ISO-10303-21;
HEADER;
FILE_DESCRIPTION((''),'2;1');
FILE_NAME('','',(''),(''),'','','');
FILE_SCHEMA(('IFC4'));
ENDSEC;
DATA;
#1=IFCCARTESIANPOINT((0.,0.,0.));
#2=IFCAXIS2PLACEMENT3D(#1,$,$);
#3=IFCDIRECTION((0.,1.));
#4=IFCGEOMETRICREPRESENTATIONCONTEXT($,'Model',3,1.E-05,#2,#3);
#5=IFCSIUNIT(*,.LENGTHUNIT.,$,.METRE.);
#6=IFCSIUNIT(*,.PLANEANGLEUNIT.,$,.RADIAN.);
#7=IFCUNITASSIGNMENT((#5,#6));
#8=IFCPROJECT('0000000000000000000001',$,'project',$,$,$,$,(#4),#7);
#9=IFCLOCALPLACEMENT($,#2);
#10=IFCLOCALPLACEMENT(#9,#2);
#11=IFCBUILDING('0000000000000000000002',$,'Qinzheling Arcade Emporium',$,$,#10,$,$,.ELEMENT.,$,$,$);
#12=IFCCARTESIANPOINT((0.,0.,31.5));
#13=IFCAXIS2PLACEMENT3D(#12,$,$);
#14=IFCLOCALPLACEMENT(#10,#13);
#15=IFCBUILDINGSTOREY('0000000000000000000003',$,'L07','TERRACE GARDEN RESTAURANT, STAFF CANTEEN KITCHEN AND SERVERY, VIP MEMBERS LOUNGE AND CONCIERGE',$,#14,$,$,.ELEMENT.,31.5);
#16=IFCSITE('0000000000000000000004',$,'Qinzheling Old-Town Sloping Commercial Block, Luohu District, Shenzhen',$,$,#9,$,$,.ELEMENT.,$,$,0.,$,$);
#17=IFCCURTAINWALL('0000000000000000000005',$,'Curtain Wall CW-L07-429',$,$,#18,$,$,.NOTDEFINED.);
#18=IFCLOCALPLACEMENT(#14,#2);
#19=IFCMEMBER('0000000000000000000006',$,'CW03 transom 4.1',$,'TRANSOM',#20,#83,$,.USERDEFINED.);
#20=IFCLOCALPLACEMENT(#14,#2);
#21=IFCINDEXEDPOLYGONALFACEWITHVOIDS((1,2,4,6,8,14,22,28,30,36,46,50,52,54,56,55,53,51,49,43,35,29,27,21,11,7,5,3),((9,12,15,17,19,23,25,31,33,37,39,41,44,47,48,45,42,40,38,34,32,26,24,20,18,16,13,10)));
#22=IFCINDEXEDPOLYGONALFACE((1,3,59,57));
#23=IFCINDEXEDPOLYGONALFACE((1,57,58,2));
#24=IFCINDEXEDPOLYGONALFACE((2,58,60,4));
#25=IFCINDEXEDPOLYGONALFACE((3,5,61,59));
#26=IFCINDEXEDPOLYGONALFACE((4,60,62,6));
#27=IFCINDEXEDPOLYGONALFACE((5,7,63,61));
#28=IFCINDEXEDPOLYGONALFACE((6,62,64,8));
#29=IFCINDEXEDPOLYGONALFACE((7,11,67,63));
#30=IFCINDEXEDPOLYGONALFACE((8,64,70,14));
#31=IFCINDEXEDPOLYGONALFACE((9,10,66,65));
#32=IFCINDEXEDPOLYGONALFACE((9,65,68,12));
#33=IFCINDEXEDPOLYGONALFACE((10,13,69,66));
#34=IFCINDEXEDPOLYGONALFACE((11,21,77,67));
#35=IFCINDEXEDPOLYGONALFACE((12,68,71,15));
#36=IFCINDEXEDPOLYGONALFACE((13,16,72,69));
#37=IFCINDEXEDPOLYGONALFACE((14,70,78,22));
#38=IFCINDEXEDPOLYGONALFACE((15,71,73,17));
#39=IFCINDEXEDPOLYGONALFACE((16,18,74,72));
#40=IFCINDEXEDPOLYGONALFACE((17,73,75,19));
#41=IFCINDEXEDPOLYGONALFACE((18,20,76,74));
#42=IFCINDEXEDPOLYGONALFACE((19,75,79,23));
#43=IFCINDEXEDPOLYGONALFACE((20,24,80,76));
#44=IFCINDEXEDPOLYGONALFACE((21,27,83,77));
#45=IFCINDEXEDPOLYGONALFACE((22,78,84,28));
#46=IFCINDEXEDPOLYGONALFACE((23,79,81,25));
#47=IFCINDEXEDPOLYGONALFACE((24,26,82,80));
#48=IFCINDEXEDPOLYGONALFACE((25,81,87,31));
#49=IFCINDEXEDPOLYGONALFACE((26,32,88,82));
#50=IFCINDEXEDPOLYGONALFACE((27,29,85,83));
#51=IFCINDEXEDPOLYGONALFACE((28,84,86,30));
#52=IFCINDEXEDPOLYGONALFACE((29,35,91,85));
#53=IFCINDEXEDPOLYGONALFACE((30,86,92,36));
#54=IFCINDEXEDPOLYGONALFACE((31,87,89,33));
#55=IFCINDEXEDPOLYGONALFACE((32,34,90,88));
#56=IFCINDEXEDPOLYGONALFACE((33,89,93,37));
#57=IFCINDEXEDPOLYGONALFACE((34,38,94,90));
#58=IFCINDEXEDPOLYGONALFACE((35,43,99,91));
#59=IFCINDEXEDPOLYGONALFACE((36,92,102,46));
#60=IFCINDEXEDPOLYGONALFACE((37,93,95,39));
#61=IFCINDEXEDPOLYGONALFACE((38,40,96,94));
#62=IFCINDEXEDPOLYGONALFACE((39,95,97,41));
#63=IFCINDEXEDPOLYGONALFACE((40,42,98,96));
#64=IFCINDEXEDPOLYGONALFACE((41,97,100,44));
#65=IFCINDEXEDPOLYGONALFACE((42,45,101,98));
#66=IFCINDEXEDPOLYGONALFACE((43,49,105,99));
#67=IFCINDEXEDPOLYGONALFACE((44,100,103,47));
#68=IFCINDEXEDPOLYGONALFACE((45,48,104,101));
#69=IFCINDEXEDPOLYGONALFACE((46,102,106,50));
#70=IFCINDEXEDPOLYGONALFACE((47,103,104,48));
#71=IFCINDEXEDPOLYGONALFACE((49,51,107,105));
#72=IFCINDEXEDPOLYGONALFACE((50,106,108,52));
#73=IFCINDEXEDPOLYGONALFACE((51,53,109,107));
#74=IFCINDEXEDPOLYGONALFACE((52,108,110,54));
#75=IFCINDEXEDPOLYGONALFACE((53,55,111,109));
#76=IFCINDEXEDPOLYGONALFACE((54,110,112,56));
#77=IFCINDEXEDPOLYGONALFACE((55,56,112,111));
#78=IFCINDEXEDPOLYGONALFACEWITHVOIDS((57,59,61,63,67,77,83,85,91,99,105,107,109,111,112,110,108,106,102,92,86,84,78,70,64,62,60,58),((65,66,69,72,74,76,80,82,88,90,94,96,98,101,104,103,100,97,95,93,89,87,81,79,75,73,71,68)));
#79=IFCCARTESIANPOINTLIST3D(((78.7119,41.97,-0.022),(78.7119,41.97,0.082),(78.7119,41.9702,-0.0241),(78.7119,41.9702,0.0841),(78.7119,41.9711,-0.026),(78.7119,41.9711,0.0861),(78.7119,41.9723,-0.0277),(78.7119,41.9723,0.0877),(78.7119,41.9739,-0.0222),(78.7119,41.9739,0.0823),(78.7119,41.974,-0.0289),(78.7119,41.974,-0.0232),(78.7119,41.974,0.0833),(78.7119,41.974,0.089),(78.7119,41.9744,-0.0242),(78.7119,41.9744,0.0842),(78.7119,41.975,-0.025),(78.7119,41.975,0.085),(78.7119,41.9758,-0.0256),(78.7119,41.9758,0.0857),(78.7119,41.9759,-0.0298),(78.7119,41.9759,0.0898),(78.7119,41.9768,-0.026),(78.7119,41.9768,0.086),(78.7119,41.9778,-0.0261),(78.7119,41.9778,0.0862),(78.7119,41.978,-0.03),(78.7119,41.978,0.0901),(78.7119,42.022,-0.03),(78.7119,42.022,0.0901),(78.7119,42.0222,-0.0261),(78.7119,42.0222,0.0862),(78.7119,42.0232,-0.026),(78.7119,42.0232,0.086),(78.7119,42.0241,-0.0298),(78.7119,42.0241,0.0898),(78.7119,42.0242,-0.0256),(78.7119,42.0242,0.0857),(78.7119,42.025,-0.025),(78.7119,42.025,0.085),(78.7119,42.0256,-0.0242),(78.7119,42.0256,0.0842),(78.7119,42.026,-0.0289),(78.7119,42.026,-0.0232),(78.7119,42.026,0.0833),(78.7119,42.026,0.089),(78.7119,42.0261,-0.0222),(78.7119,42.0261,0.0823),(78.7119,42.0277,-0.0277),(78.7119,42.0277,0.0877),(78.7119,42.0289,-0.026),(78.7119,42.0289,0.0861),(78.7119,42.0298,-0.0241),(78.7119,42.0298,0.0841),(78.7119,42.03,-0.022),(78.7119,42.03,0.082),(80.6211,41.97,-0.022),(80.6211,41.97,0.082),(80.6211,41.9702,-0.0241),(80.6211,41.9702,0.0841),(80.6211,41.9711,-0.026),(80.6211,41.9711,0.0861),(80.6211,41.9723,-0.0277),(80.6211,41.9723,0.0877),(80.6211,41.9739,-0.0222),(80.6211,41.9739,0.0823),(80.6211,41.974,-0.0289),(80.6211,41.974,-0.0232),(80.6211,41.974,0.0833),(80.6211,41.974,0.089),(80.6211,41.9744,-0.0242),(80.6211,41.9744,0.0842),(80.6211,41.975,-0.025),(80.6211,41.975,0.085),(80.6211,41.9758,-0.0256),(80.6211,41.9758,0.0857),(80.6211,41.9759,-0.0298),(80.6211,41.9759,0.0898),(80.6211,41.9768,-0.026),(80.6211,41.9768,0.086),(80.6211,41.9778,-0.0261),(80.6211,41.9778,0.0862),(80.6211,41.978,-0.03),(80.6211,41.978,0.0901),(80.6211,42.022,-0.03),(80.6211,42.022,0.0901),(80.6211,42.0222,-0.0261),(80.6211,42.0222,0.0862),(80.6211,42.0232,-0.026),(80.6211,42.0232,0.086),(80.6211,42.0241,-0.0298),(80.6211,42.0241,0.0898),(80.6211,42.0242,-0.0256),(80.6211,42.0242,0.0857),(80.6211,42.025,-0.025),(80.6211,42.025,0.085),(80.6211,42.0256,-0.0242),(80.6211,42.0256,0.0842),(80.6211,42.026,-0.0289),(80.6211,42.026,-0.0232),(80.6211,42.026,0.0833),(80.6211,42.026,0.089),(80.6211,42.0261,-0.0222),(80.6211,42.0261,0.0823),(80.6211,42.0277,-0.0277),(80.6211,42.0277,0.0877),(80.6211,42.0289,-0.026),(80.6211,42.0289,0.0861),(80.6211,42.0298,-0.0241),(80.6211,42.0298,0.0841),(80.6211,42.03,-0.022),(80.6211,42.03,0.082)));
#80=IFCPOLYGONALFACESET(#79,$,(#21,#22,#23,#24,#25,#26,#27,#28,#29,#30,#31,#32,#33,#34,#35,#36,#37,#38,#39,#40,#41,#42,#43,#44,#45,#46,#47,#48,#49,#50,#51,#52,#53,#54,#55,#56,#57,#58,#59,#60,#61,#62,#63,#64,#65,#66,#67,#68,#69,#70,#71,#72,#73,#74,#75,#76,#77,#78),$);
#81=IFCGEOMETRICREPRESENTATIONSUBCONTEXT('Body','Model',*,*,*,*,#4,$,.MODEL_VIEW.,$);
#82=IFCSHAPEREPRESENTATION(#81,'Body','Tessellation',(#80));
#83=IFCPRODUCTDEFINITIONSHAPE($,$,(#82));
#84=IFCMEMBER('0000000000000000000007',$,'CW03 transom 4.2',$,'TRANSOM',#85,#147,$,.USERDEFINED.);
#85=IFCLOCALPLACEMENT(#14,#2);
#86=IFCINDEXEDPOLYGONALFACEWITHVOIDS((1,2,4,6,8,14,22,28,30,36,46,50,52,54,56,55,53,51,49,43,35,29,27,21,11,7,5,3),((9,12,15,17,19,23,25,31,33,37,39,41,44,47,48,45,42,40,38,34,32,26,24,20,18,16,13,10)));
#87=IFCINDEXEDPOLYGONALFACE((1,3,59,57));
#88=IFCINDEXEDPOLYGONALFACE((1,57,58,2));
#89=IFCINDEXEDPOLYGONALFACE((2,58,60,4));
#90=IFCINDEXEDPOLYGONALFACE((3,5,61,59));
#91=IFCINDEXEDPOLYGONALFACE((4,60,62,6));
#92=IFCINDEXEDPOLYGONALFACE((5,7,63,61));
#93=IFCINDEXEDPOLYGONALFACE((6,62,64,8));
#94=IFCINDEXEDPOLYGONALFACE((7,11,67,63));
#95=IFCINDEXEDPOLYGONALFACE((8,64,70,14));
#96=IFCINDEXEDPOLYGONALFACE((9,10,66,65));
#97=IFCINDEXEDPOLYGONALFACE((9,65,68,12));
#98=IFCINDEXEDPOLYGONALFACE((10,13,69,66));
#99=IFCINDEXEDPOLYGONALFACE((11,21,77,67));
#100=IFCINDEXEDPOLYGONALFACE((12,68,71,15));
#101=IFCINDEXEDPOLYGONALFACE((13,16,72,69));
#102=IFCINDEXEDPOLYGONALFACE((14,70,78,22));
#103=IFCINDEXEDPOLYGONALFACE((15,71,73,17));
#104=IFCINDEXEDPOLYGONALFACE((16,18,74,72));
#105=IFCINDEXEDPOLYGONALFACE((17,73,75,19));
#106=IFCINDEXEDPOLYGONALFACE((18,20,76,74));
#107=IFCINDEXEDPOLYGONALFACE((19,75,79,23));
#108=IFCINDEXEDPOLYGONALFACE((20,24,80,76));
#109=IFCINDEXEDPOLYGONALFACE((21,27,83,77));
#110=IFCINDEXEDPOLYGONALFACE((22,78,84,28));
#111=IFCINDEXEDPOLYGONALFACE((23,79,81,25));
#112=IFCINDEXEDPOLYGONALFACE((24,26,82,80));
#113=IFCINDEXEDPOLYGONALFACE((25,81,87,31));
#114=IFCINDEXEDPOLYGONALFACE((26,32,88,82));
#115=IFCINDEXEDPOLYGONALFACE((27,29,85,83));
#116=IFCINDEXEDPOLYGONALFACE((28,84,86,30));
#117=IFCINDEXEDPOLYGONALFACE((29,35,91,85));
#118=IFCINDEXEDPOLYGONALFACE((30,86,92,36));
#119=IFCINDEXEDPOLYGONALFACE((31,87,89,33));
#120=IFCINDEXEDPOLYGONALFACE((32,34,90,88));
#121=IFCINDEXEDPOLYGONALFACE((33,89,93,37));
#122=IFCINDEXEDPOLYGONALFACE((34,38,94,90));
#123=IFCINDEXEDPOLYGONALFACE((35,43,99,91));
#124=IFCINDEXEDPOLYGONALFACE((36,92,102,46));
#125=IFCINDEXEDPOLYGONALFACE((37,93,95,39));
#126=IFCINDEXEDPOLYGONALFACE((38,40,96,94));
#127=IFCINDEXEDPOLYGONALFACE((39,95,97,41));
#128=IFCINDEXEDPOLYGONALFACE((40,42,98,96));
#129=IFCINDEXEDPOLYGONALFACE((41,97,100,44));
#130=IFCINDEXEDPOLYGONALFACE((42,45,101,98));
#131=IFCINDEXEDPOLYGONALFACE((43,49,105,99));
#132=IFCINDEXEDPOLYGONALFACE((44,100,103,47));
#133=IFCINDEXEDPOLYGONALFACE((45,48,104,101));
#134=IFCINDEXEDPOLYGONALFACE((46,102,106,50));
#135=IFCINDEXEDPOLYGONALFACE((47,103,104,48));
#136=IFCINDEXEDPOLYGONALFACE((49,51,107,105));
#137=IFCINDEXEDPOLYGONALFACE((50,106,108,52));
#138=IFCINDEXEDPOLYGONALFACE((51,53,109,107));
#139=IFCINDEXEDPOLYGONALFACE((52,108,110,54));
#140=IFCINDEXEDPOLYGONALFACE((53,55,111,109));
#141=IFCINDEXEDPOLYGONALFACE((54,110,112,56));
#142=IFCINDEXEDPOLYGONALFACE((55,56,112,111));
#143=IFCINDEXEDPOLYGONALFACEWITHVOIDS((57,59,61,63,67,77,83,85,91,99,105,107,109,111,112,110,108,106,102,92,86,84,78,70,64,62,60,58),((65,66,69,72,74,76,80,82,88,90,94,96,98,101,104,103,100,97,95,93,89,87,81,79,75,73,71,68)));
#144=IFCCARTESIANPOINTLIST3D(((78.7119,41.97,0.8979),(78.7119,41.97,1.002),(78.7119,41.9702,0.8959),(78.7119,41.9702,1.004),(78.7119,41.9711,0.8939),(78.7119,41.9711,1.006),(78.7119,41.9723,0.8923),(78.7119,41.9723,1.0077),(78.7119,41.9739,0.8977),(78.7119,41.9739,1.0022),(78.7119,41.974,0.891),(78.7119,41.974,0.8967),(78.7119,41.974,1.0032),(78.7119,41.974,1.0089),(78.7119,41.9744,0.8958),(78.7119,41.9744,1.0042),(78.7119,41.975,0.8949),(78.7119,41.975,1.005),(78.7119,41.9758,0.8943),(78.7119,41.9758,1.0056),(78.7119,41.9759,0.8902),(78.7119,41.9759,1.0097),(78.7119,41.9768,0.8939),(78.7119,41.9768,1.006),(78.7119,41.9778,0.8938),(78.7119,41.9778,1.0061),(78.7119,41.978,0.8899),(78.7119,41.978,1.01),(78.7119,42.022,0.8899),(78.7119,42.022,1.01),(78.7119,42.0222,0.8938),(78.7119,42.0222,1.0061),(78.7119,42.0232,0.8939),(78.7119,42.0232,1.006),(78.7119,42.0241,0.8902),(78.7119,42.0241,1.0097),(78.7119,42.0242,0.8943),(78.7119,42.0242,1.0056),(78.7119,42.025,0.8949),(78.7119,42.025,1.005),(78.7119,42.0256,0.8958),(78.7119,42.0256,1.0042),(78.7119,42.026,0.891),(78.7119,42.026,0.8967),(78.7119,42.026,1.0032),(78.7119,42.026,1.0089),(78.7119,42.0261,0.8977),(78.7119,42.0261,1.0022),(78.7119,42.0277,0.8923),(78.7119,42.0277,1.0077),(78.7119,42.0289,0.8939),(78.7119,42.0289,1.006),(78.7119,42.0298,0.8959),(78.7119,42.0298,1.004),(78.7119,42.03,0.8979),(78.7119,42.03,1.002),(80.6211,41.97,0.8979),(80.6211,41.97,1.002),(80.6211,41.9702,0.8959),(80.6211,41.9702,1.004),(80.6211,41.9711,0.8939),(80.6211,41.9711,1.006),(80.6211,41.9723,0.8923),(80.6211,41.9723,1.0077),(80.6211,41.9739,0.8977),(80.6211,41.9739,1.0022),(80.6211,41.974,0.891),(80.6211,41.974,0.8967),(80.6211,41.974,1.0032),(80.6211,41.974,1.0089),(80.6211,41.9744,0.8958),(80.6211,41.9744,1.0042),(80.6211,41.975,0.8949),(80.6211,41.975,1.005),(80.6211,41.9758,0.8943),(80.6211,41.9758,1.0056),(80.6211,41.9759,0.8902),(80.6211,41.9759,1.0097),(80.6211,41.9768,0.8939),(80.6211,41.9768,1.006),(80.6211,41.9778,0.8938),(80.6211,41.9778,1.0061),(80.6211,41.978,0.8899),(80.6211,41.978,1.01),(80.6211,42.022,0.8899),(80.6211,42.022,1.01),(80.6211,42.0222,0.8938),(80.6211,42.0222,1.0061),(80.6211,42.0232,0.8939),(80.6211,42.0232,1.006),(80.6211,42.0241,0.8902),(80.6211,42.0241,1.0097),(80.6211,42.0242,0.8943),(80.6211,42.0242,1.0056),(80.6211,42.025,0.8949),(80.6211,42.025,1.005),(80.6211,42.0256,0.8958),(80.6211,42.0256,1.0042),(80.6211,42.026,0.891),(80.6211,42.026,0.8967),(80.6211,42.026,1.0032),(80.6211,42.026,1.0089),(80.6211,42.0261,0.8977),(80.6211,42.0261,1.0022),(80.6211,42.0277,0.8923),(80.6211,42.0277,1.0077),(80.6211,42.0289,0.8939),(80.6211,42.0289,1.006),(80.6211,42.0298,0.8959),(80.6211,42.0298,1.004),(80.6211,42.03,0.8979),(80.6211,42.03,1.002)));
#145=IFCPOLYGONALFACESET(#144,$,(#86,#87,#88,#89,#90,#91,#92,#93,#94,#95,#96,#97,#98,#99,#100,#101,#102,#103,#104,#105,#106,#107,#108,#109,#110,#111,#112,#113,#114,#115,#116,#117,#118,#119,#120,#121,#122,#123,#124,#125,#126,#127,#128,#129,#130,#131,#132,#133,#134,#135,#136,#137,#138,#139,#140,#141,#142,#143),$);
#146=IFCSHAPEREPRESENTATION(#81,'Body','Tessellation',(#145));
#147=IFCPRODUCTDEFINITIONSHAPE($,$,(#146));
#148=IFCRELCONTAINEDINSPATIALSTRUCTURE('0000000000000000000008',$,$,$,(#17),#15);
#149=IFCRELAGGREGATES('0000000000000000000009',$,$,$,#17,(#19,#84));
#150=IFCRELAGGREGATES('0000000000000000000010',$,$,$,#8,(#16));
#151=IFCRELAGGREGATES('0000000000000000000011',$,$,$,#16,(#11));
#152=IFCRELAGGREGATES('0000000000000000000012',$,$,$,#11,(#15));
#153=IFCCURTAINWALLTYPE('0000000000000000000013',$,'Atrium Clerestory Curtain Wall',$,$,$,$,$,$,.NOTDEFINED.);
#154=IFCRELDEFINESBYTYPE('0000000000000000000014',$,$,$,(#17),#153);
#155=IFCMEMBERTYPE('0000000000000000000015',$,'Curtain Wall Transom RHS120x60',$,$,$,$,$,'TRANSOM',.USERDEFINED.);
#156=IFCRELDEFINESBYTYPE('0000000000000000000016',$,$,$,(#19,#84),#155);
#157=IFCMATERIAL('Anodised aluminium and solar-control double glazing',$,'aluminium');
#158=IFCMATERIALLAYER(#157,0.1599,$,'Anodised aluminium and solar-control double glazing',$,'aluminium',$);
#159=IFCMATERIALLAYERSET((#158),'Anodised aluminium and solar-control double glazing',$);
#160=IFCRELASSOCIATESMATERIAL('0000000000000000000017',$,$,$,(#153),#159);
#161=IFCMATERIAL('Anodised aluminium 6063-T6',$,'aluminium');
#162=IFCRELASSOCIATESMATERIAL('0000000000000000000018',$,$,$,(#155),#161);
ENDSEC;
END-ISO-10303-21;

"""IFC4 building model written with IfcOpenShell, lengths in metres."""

from ifc_helpers import new_model, si_unit, direction, frame, origin, origin_2d, place, context, subcontext, project, spatial, hollow_rectangle, extrude, material, layer, layer_set, material_profile, profile_set, type_object, element, aggregate, save


model = new_model("IFC4")

# Units and contexts
model_context = context("Model", 3, precision=1e-05, world=origin(), true_north=direction((0.0, 1.0)))
body_context = subcontext(model_context, "Body", "Model", "MODEL_VIEW")
ifc_project = project(units=[si_unit("LENGTHUNIT", "METRE"), si_unit("PLANEANGLEUNIT", "RADIAN")], contexts=[model_context])

# Site, building, storey
site_placement = place(None, origin())
site = spatial("IfcSite", under=ifc_project, at=site_placement, Name="Qinzheling Old-Town Sloping Commercial Block, Luohu District, Shenzhen", CompositionType="ELEMENT", RefElevation=0.0)
building_placement = place(site_placement, origin())
building = spatial("IfcBuilding", under=site, at=building_placement, Name="Qinzheling Arcade Emporium", CompositionType="ELEMENT")
storey_placement = place(building_placement, frame((0.0, 0.0, 31.5)))
storey = spatial("IfcBuildingStorey", under=building, at=storey_placement, Name="L07", Description="TERRACE GARDEN RESTAURANT, STAFF CANTEEN KITCHEN AND SERVERY, VIP MEMBERS LOUNGE AND CONCIERGE", CompositionType="ELEMENT", Elevation=31.5)

# Curtain wall, members
ifc_material_1 = material(Name="Anodised aluminium and solar-control double glazing", Category="aluminium")
ifc_layer_1 = layer(ifc_material_1, 0.1599, Name="Anodised aluminium and solar-control double glazing", Category="aluminium")
ifc_layer_set_1 = layer_set([ifc_layer_1], Name="Anodised aluminium and solar-control double glazing")
curtain_wall_type = type_object("IfcCurtainWallType", Name="Atrium Clerestory Curtain Wall", PredefinedType="NOTDEFINED", material=ifc_layer_set_1)
curtain_wall_placement = place(storey_placement, origin())
curtain_wall = element("IfcCurtainWall", 1, at=curtain_wall_placement, inside=storey, type_object=curtain_wall_type, Name="Curtain Wall CW-L07-429", PredefinedType="NOTDEFINED")
ifc_material_2 = material(Name="Anodised aluminium 6063-T6", Category="aluminium")
ifc_material_profile_1 = material_profile(ifc_material_2, hollow_rectangle(XDim=0.0601, YDim=0.1201, WallThickness=0.0039, InnerFilletRadius=0.0039, OuterFilletRadius=0.0081, at=origin_2d()), Name="RHS 120x60x4", Category="aluminium")
ifc_profile_set_1 = profile_set([ifc_material_profile_1], Name="Anodised aluminium 6063-T6")
member_type_1 = type_object("IfcMemberType", Name="Curtain Wall Transom RHS120x60", ElementType="TRANSOM", PredefinedType="USERDEFINED", material=ifc_profile_set_1)
member_1_placement = place(storey_placement, frame((80.6211, 42.0, 0.03), z_axis=(-1.0, 0.0, 0.0), x_axis=(0.0, -1.0, 0.0)))
member_1 = element("IfcMember", 2, at=member_1_placement, type_object=member_type_1, Name="CW03 transom 4.1", ObjectType="TRANSOM", PredefinedType="USERDEFINED", context=body_context, shape_type="SweptSolid", body=[
    extrude(hollow_rectangle(XDim=0.0601, YDim=0.1201, WallThickness=0.0039, InnerFilletRadius=0.0039, OuterFilletRadius=0.0081, at=origin_2d()), origin(), (0.0, 0.0, 1.0), 1.9092),
])
member_2_placement = place(storey_placement, frame((80.6211, 42.0, 0.95), z_axis=(-1.0, 0.0, 0.0), x_axis=(0.0, -1.0, 0.0)))
member_2 = element("IfcMember", 3, at=member_2_placement, type_object=member_type_1, Name="CW03 transom 4.2", ObjectType="TRANSOM", PredefinedType="USERDEFINED", context=body_context, shape_type="SweptSolid", body=[
    extrude(hollow_rectangle(XDim=0.0601, YDim=0.1201, WallThickness=0.0039, InnerFilletRadius=0.0039, OuterFilletRadius=0.0081, at=origin_2d()), origin(), (0.0, 0.0, 1.0), 1.9092),
])
aggregate(curtain_wall, [member_1, member_2])

save(model, "model.ifc")
